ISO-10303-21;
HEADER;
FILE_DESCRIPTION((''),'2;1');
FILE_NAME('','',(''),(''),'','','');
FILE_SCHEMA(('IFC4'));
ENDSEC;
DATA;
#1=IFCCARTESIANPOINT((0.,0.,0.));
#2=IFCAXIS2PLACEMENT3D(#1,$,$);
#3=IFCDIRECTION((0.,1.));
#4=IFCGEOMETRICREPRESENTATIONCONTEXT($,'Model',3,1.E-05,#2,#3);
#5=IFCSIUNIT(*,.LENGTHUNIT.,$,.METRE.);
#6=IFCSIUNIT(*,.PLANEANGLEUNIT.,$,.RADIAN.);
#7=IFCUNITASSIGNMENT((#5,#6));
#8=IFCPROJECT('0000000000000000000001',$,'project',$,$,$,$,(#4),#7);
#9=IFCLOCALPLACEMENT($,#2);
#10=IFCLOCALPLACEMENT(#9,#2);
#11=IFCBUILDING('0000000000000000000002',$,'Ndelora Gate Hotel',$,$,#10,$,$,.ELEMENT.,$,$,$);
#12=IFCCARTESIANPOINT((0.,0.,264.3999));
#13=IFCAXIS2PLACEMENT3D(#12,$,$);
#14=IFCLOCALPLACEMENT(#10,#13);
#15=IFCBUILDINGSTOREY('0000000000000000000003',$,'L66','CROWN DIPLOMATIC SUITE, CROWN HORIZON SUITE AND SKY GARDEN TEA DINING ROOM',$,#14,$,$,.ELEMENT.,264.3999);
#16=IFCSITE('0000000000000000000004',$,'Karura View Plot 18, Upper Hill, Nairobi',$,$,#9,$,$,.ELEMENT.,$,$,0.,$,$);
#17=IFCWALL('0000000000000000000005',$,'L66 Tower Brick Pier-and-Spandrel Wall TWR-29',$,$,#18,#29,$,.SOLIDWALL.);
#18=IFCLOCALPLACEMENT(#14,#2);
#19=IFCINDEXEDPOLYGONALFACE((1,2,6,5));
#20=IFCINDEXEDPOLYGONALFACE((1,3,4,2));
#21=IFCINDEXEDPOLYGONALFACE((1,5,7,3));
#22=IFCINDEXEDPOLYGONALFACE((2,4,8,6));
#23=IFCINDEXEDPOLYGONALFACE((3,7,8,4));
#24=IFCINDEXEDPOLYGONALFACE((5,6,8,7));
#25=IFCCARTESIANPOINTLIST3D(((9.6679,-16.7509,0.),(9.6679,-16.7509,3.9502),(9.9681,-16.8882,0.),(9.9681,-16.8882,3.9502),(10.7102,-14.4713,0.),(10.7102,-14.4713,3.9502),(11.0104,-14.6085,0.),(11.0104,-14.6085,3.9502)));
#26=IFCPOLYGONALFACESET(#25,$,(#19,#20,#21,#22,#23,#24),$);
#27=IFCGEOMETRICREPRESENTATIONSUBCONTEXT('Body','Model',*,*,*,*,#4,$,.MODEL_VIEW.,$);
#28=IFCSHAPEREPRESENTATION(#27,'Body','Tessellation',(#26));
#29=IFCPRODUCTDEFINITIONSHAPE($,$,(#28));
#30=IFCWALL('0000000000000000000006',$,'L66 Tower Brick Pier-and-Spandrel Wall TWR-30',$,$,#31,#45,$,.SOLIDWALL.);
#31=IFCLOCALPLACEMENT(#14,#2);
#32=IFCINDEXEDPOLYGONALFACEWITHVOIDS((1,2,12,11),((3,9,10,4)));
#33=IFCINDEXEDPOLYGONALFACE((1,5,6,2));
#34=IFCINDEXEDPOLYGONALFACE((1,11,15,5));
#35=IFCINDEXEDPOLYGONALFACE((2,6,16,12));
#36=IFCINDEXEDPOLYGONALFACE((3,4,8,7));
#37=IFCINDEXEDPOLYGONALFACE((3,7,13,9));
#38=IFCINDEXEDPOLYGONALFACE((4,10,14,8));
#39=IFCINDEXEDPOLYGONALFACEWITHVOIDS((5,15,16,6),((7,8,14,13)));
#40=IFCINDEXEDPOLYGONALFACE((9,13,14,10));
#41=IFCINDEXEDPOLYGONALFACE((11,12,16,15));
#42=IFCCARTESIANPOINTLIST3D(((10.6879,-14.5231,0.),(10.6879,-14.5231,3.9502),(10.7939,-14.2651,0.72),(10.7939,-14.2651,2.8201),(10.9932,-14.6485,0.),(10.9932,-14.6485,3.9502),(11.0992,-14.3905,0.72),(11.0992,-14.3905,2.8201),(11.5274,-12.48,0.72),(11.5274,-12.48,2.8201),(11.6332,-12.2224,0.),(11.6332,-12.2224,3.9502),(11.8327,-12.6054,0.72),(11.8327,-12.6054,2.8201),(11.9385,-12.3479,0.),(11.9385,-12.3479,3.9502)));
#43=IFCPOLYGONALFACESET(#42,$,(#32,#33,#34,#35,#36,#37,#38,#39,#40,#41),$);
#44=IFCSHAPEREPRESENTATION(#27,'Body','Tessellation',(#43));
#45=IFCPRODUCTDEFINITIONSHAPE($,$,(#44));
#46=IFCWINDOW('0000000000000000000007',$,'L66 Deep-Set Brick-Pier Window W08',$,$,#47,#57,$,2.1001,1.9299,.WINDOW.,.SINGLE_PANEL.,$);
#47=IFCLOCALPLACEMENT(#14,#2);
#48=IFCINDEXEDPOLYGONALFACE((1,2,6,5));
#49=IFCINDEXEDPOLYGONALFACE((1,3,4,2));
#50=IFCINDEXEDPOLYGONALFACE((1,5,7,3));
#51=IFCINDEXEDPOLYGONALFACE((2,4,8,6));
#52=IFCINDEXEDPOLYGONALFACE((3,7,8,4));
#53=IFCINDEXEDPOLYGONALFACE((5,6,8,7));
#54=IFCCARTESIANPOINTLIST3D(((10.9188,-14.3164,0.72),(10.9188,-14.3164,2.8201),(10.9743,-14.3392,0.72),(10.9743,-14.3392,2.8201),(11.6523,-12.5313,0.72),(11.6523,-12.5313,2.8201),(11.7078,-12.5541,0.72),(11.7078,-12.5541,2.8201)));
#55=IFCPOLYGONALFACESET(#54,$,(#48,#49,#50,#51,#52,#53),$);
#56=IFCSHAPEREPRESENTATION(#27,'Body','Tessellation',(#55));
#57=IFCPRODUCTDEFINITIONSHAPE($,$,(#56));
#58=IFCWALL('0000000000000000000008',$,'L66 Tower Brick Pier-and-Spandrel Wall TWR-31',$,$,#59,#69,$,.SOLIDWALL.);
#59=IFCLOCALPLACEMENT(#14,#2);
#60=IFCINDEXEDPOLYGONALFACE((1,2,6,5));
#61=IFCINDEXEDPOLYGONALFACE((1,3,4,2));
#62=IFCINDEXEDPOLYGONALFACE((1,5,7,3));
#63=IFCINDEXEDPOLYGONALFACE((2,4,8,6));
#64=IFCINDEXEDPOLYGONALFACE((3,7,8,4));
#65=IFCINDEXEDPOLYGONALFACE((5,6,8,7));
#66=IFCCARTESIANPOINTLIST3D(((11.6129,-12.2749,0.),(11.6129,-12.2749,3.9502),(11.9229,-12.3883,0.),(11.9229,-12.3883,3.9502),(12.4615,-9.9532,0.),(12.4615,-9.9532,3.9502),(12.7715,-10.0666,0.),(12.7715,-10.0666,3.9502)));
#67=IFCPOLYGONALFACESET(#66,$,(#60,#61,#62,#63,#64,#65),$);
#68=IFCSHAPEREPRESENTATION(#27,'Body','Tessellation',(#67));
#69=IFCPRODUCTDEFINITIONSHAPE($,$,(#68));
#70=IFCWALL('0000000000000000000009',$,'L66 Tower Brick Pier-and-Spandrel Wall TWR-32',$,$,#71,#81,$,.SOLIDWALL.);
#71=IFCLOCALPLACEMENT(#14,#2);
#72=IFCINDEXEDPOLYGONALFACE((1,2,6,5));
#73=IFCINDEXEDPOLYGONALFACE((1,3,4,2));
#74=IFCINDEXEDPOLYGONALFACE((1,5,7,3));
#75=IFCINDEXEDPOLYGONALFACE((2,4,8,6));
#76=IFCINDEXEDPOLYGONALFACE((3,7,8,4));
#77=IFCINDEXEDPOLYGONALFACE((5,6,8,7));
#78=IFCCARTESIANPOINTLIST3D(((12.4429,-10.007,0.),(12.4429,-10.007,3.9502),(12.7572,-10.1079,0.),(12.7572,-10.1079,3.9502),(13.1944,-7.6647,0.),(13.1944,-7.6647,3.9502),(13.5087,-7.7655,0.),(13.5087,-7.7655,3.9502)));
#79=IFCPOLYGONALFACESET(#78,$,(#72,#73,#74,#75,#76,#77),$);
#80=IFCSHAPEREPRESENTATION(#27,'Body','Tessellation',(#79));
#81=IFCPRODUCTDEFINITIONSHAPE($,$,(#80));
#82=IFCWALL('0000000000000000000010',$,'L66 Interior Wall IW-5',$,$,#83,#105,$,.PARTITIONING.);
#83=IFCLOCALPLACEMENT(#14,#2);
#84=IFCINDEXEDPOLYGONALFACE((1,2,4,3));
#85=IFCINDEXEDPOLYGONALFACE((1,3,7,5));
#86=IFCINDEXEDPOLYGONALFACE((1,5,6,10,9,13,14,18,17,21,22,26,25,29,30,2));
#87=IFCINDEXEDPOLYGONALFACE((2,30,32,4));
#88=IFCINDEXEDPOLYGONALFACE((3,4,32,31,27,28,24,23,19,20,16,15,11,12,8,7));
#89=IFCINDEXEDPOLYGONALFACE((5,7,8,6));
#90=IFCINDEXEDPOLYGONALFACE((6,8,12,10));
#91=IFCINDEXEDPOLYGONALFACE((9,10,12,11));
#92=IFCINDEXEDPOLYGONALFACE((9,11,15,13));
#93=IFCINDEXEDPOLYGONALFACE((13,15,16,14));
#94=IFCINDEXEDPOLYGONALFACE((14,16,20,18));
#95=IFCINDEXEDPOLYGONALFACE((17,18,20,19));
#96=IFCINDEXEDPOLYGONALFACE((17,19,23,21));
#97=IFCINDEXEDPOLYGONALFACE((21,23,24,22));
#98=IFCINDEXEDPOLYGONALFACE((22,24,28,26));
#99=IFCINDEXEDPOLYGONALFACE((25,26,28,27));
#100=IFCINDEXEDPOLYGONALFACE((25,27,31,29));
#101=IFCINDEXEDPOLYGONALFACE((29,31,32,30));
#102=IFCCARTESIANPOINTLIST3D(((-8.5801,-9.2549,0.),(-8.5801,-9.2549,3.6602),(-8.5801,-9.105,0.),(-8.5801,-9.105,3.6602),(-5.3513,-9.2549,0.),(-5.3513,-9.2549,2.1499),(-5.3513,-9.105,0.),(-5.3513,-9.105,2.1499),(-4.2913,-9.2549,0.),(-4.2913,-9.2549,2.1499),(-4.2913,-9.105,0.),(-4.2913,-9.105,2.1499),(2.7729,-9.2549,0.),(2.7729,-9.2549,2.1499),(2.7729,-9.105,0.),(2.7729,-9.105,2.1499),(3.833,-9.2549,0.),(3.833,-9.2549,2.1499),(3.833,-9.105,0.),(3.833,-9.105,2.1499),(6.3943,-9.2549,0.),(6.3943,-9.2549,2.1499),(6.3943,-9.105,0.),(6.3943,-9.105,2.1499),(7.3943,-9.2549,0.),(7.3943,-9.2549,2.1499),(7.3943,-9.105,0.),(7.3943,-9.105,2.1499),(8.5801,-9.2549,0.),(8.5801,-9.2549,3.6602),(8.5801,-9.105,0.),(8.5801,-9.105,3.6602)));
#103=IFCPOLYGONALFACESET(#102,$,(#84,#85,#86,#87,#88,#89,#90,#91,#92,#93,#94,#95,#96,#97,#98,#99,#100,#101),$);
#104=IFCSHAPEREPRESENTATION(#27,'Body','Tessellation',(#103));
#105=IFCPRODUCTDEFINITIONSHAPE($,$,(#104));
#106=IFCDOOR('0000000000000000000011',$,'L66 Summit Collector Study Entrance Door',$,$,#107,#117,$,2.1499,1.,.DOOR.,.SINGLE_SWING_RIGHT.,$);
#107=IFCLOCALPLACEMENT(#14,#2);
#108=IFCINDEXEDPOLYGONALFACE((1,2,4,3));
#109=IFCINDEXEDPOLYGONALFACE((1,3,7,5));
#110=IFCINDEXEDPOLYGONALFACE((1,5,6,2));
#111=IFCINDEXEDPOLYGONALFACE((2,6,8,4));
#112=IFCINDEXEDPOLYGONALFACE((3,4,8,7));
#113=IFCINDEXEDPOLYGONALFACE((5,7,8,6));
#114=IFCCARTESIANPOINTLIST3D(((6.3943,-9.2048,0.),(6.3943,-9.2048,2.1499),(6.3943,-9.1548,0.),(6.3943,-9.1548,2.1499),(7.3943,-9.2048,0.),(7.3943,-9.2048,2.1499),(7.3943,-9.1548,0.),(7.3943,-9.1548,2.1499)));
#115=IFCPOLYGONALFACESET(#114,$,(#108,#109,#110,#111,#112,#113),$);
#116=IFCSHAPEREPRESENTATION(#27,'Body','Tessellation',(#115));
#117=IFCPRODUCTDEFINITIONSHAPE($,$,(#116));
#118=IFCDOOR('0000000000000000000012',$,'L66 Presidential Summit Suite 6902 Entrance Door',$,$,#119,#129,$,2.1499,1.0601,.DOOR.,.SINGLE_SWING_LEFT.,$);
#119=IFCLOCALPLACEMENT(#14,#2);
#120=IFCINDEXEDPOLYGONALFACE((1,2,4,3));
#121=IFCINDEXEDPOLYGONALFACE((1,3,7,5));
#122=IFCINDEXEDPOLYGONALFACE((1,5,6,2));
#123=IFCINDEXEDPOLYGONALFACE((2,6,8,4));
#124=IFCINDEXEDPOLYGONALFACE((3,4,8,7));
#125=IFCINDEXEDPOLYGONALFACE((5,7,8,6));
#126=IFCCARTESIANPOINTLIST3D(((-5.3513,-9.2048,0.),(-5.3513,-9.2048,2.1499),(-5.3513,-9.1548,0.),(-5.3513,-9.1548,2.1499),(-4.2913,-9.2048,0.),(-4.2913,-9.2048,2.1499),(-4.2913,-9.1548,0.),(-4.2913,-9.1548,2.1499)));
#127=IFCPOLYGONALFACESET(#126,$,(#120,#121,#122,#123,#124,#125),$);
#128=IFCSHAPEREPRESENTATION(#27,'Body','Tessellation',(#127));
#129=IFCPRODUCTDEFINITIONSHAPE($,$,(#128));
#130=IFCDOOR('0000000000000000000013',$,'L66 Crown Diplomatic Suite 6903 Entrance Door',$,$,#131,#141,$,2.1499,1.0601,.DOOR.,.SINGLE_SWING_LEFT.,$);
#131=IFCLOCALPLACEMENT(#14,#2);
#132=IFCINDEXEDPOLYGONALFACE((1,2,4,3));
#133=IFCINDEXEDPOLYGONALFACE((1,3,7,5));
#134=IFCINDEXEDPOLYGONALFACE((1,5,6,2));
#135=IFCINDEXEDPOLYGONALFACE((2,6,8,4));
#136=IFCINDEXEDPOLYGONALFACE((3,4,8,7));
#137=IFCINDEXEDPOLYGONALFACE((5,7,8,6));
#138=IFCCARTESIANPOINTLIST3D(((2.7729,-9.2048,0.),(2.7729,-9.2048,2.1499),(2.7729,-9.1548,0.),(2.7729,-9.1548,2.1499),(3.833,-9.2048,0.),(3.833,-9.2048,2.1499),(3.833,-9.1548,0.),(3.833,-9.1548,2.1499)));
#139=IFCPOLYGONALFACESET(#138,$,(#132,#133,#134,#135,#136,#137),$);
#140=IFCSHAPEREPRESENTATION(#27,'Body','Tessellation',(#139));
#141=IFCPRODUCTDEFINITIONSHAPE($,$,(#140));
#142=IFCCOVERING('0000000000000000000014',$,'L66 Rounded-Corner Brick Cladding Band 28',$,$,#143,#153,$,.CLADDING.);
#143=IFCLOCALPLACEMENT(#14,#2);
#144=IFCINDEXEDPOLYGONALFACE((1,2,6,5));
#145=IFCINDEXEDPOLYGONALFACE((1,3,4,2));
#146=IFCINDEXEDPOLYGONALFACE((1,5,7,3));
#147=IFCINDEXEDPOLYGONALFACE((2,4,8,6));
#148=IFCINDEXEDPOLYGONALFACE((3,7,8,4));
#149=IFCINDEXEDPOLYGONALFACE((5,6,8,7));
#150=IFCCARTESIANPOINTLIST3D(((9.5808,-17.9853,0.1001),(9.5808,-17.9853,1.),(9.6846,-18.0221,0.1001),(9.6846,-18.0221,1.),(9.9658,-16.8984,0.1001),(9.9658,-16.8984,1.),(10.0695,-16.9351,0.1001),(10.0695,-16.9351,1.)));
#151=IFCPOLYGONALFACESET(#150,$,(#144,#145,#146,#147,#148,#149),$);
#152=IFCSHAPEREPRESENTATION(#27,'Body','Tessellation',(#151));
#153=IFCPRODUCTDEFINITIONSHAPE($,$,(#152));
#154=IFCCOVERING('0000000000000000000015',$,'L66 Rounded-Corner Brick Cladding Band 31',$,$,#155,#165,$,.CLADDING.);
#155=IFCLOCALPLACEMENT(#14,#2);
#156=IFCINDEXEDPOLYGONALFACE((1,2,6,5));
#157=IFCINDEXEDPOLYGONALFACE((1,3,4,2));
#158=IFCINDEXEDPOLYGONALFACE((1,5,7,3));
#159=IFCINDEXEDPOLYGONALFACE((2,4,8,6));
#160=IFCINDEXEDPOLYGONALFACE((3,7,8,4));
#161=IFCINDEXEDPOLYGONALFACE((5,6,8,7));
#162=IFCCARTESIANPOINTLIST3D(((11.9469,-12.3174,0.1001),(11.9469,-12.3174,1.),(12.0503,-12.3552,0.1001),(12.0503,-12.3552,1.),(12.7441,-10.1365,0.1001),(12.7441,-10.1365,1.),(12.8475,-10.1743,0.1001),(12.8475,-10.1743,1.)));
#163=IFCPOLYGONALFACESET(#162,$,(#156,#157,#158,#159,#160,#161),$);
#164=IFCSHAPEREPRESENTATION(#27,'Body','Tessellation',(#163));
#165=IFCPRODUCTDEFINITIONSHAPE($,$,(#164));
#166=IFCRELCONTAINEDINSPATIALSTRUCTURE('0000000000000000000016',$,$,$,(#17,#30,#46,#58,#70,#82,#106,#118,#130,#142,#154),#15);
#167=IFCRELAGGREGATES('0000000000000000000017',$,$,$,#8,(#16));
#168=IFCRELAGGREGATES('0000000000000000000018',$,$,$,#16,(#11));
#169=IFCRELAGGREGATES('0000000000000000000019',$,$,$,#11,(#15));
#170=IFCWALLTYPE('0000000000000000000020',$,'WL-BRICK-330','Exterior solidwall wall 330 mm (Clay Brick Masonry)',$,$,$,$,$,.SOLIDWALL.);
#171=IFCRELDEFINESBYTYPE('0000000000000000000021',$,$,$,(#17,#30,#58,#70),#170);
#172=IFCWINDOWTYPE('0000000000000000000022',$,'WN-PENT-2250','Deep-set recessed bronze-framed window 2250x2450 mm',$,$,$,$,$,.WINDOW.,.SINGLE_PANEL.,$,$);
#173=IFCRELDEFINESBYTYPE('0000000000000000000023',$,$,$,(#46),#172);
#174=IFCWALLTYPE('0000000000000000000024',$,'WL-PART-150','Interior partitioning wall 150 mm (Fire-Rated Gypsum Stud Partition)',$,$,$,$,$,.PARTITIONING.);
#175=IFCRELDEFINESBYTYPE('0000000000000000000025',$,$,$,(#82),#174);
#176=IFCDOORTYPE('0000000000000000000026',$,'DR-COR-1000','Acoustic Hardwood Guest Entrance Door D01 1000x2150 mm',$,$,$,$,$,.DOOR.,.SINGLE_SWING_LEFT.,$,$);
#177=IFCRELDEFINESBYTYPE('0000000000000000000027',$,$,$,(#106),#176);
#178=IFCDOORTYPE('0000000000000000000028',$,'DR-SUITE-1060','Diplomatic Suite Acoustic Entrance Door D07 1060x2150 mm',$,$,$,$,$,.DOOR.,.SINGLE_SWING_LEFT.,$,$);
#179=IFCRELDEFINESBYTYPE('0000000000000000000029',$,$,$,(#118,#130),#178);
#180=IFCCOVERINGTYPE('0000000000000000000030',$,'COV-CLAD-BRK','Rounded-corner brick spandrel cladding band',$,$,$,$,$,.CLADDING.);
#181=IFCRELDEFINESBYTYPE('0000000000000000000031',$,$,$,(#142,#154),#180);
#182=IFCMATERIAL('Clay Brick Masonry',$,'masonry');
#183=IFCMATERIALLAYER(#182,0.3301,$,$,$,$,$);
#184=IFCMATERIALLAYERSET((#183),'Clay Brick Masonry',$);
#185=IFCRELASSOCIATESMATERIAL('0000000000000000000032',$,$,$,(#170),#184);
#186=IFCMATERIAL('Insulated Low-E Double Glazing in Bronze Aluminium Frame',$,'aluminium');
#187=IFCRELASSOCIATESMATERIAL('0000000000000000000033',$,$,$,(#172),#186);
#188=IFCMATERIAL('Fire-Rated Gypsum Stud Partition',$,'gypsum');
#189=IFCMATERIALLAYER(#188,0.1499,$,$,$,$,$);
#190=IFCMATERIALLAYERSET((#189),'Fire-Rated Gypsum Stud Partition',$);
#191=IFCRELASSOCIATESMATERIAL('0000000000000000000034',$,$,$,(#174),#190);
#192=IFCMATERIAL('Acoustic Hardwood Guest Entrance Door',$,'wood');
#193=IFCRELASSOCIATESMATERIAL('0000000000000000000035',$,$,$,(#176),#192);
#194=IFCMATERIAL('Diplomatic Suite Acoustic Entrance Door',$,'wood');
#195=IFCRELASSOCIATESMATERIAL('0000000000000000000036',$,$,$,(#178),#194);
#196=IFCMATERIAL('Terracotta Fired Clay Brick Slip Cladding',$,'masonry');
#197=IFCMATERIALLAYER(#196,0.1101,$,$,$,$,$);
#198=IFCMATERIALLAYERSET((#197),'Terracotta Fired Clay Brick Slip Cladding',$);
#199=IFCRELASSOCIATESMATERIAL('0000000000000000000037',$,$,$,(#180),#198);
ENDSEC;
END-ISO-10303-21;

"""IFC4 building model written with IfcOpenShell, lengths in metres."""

from ifc_helpers import new_model, si_unit, direction, frame, frame_2d, origin, origin_2d, place, context, subcontext, project, spatial, rectangle, extrude, material, layer, layer_set, type_object, element, fill, save


model = new_model("IFC4")

# Units and contexts
model_context = context("Model", 3, precision=1e-05, world=origin(), true_north=direction((0.0, 1.0)))
body_context = subcontext(model_context, "Body", "Model", "MODEL_VIEW")
ifc_project = project(units=[si_unit("LENGTHUNIT", "METRE"), si_unit("PLANEANGLEUNIT", "RADIAN")], contexts=[model_context])

# Site, building, storey
site_placement = place(None, origin())
site = spatial("IfcSite", under=ifc_project, at=site_placement, Name="Karura View Plot 18, Upper Hill, Nairobi", CompositionType="ELEMENT", RefElevation=0.0)
building_placement = place(site_placement, origin())
building = spatial("IfcBuilding", under=site, at=building_placement, Name="Ndelora Gate Hotel", CompositionType="ELEMENT")
storey_placement = place(building_placement, frame((0.0, 0.0, 264.3999)))
storey = spatial("IfcBuildingStorey", under=building, at=storey_placement, Name="L66", Description="CROWN DIPLOMATIC SUITE, CROWN HORIZON SUITE AND SKY GARDEN TEA DINING ROOM", CompositionType="ELEMENT", Elevation=264.3999)

# Wall
ifc_material_1 = material(Name="Clay Brick Masonry", Category="masonry")
ifc_layer_1 = layer(ifc_material_1, 0.3301)
ifc_layer_set_1 = layer_set([ifc_layer_1], Name="Clay Brick Masonry")
wall_type_1 = type_object("IfcWallType", Name="WL-BRICK-330", Description="Exterior solidwall wall 330 mm (Clay Brick Masonry)", PredefinedType="SOLIDWALL", material=ifc_layer_set_1)
wall_1_placement = place(storey_placement, frame((10.8604, -14.5398, 0.0), z_axis=(0.0, 0.0, 1.0), x_axis=(-0.415813, -0.90945, 0.0)))
element("IfcWall", 1, at=wall_1_placement, inside=storey, type_object=wall_type_1, Name="L66 Tower Brick Pier-and-Spandrel Wall TWR-29", PredefinedType="SOLIDWALL", context=body_context, shape_type="SweptSolid", body=[
    extrude(rectangle(XDim=2.5066, YDim=0.3301, at=frame_2d((1.2534, 0.0))), origin(), (0.0, 0.0, 1.0), 3.9502),
])

# Wall, opening, window
wall_2_placement = place(storey_placement, frame((11.7859, -12.2852, 0.0), z_axis=(0.0, 0.0, 1.0), x_axis=(-0.380073, -0.924956, 0.0)))
wall_2 = element("IfcWall", 2, at=wall_2_placement, inside=storey, type_object=wall_type_1, Name="L66 Tower Brick Pier-and-Spandrel Wall TWR-30", PredefinedType="SOLIDWALL", context=body_context, shape_type="SweptSolid", body=[
    extrude(rectangle(XDim=2.4873, YDim=0.3301, at=frame_2d((1.2437, 0.0))), origin(), (0.0, 0.0, 1.0), 3.9502),
])
opening_1_placement = place(wall_2_placement, frame((0.2786, 0.0, 0.72)))
opening_1 = element("IfcOpeningElement", 3, at=opening_1_placement, cuts=wall_2, PredefinedType="OPENING", context=body_context, shape_type="SweptSolid", body=[
    extrude(rectangle(XDim=1.9299, YDim=2.1001, at=frame_2d((0.9648, 1.05))), frame((0.0, 0.175, 0.0), z_axis=(0.0, -1.0, 0.0), x_axis=(1.0, 0.0, 0.0)), (0.0, 0.0, 1.0), 0.3501),
])
ifc_material_2 = material(Name="Insulated Low-E Double Glazing in Bronze Aluminium Frame", Category="aluminium")
window_type = type_object("IfcWindowType", Name="WN-PENT-2250", Description="Deep-set recessed bronze-framed window 2250x2450 mm", PartitioningType="SINGLE_PANEL", PredefinedType="WINDOW", material=ifc_material_2)
window_placement = place(opening_1_placement, origin())
window = element("IfcWindow", 4, at=window_placement, inside=storey, type_object=window_type, Name="L66 Deep-Set Brick-Pier Window W08", OverallHeight=2.1001, OverallWidth=1.9299, PartitioningType="SINGLE_PANEL", PredefinedType="WINDOW", context=body_context, shape_type="SweptSolid", body=[
    extrude(rectangle(XDim=1.9299, YDim=2.1001, at=frame_2d((0.9648, 1.05))), frame((0.0, 0.03, 0.0), z_axis=(0.0, -1.0, 0.0), x_axis=(1.0, 0.0, 0.0)), (0.0, 0.0, 1.0), 0.0601),
])
fill(opening_1, window)

# Walls
wall_3_placement = place(storey_placement, frame((12.6165, -10.01, 0.0), z_axis=(0.0, 0.0, 1.0), x_axis=(-0.343297, -0.939227, 0.0)))
element("IfcWall", 5, at=wall_3_placement, inside=storey, type_object=wall_type_1, Name="L66 Tower Brick Pier-and-Spandrel Wall TWR-31", PredefinedType="SOLIDWALL", context=body_context, shape_type="SweptSolid", body=[
    extrude(rectangle(XDim=2.4719, YDim=0.3301, at=frame_2d((1.2358, 0.0))), origin(), (0.0, 0.0, 1.0), 3.9502),
])
wall_4_placement = place(storey_placement, frame((13.3516, -7.7151, 0.0), z_axis=(0.0, 0.0, 1.0), x_axis=(-0.305489, -0.952196, 0.0)))
element("IfcWall", 6, at=wall_4_placement, inside=storey, type_object=wall_type_1, Name="L66 Tower Brick Pier-and-Spandrel Wall TWR-32", PredefinedType="SOLIDWALL", context=body_context, shape_type="SweptSolid", body=[
    extrude(rectangle(XDim=2.46, YDim=0.3301, at=frame_2d((1.23, 0.0))), origin(), (0.0, 0.0, 1.0), 3.9502),
])

# Wall, openings, doors
ifc_material_3 = material(Name="Fire-Rated Gypsum Stud Partition", Category="gypsum")
ifc_layer_2 = layer(ifc_material_3, 0.1499)
ifc_layer_set_2 = layer_set([ifc_layer_2], Name="Fire-Rated Gypsum Stud Partition")
wall_type_2 = type_object("IfcWallType", Name="WL-PART-150", Description="Interior partitioning wall 150 mm (Fire-Rated Gypsum Stud Partition)", PredefinedType="PARTITIONING", material=ifc_layer_set_2)
wall_5_placement = place(storey_placement, frame((8.5801, -9.1799, 0.0), z_axis=(0.0, 0.0, 1.0), x_axis=(-1.0, 0.0, 0.0)))
wall_5 = element("IfcWall", 7, at=wall_5_placement, inside=storey, type_object=wall_type_2, Name="L66 Interior Wall IW-5", PredefinedType="PARTITIONING", context=body_context, shape_type="SweptSolid", body=[
    extrude(rectangle(XDim=17.1602, YDim=0.1499, at=frame_2d((8.5801, 0.0))), origin(), (0.0, 0.0, 1.0), 3.6602),
])
opening_2_placement = place(wall_5_placement, frame((12.8713, 0.0, 0.0)))
opening_2 = element("IfcOpeningElement", 8, at=opening_2_placement, cuts=wall_5, PredefinedType="OPENING", context=body_context, shape_type="SweptSolid", body=[
    extrude(rectangle(XDim=1.0601, YDim=2.1499, at=frame_2d((0.53, 1.075))), frame((0.0, 0.085, 0.0), z_axis=(0.0, -1.0, 0.0), x_axis=(1.0, 0.0, 0.0)), (0.0, 0.0, 1.0), 0.1699),
])
opening_3_placement = place(wall_5_placement, frame((1.1858, 0.0, 0.0)))
opening_3 = element("IfcOpeningElement", 9, at=opening_3_placement, cuts=wall_5, PredefinedType="OPENING", context=body_context, shape_type="SweptSolid", body=[
    extrude(rectangle(XDim=1.0, YDim=2.1499, at=frame_2d((0.5, 1.075))), frame((0.0, 0.085, 0.0), z_axis=(0.0, -1.0, 0.0), x_axis=(1.0, 0.0, 0.0)), (0.0, 0.0, 1.0), 0.1699),
])
opening_4_placement = place(wall_5_placement, frame((4.7471, 0.0, 0.0)))
opening_4 = element("IfcOpeningElement", 10, at=opening_4_placement, cuts=wall_5, PredefinedType="OPENING", context=body_context, shape_type="SweptSolid", body=[
    extrude(rectangle(XDim=1.0601, YDim=2.1499, at=frame_2d((0.53, 1.075))), frame((0.0, 0.085, 0.0), z_axis=(0.0, -1.0, 0.0), x_axis=(1.0, 0.0, 0.0)), (0.0, 0.0, 1.0), 0.1699),
])
ifc_material_4 = material(Name="Acoustic Hardwood Guest Entrance Door", Category="wood")
door_type_1 = type_object("IfcDoorType", Name="DR-COR-1000", Description="Acoustic Hardwood Guest Entrance Door D01 1000x2150 mm", OperationType="SINGLE_SWING_LEFT", PredefinedType="DOOR", material=ifc_material_4)
door_1_placement = place(opening_3_placement, origin())
door_1 = element("IfcDoor", 11, at=door_1_placement, inside=storey, type_object=door_type_1, Name="L66 Summit Collector Study Entrance Door", OperationType="SINGLE_SWING_RIGHT", OverallHeight=2.1499, OverallWidth=1.0, PredefinedType="DOOR", context=body_context, shape_type="SweptSolid", body=[
    extrude(rectangle(XDim=1.0, YDim=2.1499, at=frame_2d((0.5, 1.075))), frame((0.0, 0.0249, 0.0), z_axis=(0.0, -1.0, 0.0), x_axis=(1.0, 0.0, 0.0)), (0.0, 0.0, 1.0), 0.05),
])
fill(opening_3, door_1)
ifc_material_5 = material(Name="Diplomatic Suite Acoustic Entrance Door", Category="wood")
door_type_2 = type_object("IfcDoorType", Name="DR-SUITE-1060", Description="Diplomatic Suite Acoustic Entrance Door D07 1060x2150 mm", OperationType="SINGLE_SWING_LEFT", PredefinedType="DOOR", material=ifc_material_5)
door_2_placement = place(opening_2_placement, origin())
door_2 = element("IfcDoor", 12, at=door_2_placement, inside=storey, type_object=door_type_2, Name="L66 Presidential Summit Suite 6902 Entrance Door", OperationType="SINGLE_SWING_LEFT", OverallHeight=2.1499, OverallWidth=1.0601, PredefinedType="DOOR", context=body_context, shape_type="SweptSolid", body=[
    extrude(rectangle(XDim=1.0601, YDim=2.1499, at=frame_2d((0.53, 1.075))), frame((0.0, 0.0249, 0.0), z_axis=(0.0, -1.0, 0.0), x_axis=(1.0, 0.0, 0.0)), (0.0, 0.0, 1.0), 0.05),
])
fill(opening_2, door_2)
door_3_placement = place(opening_4_placement, origin())
door_3 = element("IfcDoor", 13, at=door_3_placement, inside=storey, type_object=door_type_2, Name="L66 Crown Diplomatic Suite 6903 Entrance Door", OperationType="SINGLE_SWING_LEFT", OverallHeight=2.1499, OverallWidth=1.0601, PredefinedType="DOOR", context=body_context, shape_type="SweptSolid", body=[
    extrude(rectangle(XDim=1.0601, YDim=2.1499, at=frame_2d((0.53, 1.075))), frame((0.0, 0.0249, 0.0), z_axis=(0.0, -1.0, 0.0), x_axis=(1.0, 0.0, 0.0)), (0.0, 0.0, 1.0), 0.05),
])
fill(opening_4, door_3)

# Coverings
ifc_material_6 = material(Name="Terracotta Fired Clay Brick Slip Cladding", Category="masonry")
ifc_layer_3 = layer(ifc_material_6, 0.1101)
ifc_layer_set_3 = layer_set([ifc_layer_3], Name="Terracotta Fired Clay Brick Slip Cladding")
covering_type_1 = type_object("IfcCoveringType", Name="COV-CLAD-BRK", Description="Rounded-corner brick spandrel cladding band", PredefinedType="CLADDING", material=ifc_layer_set_3)
covering_1_placement = place(storey_placement, frame((9.8252, -17.4602, 0.1001), z_axis=(0.0, 0.0, 1.0), x_axis=(0.333807, 0.942641, 0.0)))
element("IfcCovering", 14, at=covering_1_placement, inside=storey, type_object=covering_type_1, Name="L66 Rounded-Corner Brick Cladding Band 28", PredefinedType="CLADDING", context=body_context, shape_type="SweptSolid", body=[
    extrude(rectangle(XDim=1.1531, YDim=0.1101, at=origin_2d()), origin(), (0.0, 0.0, 1.0), 0.8999),
])
covering_2_placement = place(storey_placement, frame((12.3972, -11.2458, 0.1001), z_axis=(0.0, 0.0, 1.0), x_axis=(0.343332, 0.939214, 0.0)))
element("IfcCovering", 15, at=covering_2_placement, inside=storey, type_object=covering_type_1, Name="L66 Rounded-Corner Brick Cladding Band 31", PredefinedType="CLADDING", context=body_context, shape_type="SweptSolid", body=[
    extrude(rectangle(XDim=2.322, YDim=0.1101, at=origin_2d()), origin(), (0.0, 0.0, 1.0), 0.8999),
])

save(model, "model.ifc")
